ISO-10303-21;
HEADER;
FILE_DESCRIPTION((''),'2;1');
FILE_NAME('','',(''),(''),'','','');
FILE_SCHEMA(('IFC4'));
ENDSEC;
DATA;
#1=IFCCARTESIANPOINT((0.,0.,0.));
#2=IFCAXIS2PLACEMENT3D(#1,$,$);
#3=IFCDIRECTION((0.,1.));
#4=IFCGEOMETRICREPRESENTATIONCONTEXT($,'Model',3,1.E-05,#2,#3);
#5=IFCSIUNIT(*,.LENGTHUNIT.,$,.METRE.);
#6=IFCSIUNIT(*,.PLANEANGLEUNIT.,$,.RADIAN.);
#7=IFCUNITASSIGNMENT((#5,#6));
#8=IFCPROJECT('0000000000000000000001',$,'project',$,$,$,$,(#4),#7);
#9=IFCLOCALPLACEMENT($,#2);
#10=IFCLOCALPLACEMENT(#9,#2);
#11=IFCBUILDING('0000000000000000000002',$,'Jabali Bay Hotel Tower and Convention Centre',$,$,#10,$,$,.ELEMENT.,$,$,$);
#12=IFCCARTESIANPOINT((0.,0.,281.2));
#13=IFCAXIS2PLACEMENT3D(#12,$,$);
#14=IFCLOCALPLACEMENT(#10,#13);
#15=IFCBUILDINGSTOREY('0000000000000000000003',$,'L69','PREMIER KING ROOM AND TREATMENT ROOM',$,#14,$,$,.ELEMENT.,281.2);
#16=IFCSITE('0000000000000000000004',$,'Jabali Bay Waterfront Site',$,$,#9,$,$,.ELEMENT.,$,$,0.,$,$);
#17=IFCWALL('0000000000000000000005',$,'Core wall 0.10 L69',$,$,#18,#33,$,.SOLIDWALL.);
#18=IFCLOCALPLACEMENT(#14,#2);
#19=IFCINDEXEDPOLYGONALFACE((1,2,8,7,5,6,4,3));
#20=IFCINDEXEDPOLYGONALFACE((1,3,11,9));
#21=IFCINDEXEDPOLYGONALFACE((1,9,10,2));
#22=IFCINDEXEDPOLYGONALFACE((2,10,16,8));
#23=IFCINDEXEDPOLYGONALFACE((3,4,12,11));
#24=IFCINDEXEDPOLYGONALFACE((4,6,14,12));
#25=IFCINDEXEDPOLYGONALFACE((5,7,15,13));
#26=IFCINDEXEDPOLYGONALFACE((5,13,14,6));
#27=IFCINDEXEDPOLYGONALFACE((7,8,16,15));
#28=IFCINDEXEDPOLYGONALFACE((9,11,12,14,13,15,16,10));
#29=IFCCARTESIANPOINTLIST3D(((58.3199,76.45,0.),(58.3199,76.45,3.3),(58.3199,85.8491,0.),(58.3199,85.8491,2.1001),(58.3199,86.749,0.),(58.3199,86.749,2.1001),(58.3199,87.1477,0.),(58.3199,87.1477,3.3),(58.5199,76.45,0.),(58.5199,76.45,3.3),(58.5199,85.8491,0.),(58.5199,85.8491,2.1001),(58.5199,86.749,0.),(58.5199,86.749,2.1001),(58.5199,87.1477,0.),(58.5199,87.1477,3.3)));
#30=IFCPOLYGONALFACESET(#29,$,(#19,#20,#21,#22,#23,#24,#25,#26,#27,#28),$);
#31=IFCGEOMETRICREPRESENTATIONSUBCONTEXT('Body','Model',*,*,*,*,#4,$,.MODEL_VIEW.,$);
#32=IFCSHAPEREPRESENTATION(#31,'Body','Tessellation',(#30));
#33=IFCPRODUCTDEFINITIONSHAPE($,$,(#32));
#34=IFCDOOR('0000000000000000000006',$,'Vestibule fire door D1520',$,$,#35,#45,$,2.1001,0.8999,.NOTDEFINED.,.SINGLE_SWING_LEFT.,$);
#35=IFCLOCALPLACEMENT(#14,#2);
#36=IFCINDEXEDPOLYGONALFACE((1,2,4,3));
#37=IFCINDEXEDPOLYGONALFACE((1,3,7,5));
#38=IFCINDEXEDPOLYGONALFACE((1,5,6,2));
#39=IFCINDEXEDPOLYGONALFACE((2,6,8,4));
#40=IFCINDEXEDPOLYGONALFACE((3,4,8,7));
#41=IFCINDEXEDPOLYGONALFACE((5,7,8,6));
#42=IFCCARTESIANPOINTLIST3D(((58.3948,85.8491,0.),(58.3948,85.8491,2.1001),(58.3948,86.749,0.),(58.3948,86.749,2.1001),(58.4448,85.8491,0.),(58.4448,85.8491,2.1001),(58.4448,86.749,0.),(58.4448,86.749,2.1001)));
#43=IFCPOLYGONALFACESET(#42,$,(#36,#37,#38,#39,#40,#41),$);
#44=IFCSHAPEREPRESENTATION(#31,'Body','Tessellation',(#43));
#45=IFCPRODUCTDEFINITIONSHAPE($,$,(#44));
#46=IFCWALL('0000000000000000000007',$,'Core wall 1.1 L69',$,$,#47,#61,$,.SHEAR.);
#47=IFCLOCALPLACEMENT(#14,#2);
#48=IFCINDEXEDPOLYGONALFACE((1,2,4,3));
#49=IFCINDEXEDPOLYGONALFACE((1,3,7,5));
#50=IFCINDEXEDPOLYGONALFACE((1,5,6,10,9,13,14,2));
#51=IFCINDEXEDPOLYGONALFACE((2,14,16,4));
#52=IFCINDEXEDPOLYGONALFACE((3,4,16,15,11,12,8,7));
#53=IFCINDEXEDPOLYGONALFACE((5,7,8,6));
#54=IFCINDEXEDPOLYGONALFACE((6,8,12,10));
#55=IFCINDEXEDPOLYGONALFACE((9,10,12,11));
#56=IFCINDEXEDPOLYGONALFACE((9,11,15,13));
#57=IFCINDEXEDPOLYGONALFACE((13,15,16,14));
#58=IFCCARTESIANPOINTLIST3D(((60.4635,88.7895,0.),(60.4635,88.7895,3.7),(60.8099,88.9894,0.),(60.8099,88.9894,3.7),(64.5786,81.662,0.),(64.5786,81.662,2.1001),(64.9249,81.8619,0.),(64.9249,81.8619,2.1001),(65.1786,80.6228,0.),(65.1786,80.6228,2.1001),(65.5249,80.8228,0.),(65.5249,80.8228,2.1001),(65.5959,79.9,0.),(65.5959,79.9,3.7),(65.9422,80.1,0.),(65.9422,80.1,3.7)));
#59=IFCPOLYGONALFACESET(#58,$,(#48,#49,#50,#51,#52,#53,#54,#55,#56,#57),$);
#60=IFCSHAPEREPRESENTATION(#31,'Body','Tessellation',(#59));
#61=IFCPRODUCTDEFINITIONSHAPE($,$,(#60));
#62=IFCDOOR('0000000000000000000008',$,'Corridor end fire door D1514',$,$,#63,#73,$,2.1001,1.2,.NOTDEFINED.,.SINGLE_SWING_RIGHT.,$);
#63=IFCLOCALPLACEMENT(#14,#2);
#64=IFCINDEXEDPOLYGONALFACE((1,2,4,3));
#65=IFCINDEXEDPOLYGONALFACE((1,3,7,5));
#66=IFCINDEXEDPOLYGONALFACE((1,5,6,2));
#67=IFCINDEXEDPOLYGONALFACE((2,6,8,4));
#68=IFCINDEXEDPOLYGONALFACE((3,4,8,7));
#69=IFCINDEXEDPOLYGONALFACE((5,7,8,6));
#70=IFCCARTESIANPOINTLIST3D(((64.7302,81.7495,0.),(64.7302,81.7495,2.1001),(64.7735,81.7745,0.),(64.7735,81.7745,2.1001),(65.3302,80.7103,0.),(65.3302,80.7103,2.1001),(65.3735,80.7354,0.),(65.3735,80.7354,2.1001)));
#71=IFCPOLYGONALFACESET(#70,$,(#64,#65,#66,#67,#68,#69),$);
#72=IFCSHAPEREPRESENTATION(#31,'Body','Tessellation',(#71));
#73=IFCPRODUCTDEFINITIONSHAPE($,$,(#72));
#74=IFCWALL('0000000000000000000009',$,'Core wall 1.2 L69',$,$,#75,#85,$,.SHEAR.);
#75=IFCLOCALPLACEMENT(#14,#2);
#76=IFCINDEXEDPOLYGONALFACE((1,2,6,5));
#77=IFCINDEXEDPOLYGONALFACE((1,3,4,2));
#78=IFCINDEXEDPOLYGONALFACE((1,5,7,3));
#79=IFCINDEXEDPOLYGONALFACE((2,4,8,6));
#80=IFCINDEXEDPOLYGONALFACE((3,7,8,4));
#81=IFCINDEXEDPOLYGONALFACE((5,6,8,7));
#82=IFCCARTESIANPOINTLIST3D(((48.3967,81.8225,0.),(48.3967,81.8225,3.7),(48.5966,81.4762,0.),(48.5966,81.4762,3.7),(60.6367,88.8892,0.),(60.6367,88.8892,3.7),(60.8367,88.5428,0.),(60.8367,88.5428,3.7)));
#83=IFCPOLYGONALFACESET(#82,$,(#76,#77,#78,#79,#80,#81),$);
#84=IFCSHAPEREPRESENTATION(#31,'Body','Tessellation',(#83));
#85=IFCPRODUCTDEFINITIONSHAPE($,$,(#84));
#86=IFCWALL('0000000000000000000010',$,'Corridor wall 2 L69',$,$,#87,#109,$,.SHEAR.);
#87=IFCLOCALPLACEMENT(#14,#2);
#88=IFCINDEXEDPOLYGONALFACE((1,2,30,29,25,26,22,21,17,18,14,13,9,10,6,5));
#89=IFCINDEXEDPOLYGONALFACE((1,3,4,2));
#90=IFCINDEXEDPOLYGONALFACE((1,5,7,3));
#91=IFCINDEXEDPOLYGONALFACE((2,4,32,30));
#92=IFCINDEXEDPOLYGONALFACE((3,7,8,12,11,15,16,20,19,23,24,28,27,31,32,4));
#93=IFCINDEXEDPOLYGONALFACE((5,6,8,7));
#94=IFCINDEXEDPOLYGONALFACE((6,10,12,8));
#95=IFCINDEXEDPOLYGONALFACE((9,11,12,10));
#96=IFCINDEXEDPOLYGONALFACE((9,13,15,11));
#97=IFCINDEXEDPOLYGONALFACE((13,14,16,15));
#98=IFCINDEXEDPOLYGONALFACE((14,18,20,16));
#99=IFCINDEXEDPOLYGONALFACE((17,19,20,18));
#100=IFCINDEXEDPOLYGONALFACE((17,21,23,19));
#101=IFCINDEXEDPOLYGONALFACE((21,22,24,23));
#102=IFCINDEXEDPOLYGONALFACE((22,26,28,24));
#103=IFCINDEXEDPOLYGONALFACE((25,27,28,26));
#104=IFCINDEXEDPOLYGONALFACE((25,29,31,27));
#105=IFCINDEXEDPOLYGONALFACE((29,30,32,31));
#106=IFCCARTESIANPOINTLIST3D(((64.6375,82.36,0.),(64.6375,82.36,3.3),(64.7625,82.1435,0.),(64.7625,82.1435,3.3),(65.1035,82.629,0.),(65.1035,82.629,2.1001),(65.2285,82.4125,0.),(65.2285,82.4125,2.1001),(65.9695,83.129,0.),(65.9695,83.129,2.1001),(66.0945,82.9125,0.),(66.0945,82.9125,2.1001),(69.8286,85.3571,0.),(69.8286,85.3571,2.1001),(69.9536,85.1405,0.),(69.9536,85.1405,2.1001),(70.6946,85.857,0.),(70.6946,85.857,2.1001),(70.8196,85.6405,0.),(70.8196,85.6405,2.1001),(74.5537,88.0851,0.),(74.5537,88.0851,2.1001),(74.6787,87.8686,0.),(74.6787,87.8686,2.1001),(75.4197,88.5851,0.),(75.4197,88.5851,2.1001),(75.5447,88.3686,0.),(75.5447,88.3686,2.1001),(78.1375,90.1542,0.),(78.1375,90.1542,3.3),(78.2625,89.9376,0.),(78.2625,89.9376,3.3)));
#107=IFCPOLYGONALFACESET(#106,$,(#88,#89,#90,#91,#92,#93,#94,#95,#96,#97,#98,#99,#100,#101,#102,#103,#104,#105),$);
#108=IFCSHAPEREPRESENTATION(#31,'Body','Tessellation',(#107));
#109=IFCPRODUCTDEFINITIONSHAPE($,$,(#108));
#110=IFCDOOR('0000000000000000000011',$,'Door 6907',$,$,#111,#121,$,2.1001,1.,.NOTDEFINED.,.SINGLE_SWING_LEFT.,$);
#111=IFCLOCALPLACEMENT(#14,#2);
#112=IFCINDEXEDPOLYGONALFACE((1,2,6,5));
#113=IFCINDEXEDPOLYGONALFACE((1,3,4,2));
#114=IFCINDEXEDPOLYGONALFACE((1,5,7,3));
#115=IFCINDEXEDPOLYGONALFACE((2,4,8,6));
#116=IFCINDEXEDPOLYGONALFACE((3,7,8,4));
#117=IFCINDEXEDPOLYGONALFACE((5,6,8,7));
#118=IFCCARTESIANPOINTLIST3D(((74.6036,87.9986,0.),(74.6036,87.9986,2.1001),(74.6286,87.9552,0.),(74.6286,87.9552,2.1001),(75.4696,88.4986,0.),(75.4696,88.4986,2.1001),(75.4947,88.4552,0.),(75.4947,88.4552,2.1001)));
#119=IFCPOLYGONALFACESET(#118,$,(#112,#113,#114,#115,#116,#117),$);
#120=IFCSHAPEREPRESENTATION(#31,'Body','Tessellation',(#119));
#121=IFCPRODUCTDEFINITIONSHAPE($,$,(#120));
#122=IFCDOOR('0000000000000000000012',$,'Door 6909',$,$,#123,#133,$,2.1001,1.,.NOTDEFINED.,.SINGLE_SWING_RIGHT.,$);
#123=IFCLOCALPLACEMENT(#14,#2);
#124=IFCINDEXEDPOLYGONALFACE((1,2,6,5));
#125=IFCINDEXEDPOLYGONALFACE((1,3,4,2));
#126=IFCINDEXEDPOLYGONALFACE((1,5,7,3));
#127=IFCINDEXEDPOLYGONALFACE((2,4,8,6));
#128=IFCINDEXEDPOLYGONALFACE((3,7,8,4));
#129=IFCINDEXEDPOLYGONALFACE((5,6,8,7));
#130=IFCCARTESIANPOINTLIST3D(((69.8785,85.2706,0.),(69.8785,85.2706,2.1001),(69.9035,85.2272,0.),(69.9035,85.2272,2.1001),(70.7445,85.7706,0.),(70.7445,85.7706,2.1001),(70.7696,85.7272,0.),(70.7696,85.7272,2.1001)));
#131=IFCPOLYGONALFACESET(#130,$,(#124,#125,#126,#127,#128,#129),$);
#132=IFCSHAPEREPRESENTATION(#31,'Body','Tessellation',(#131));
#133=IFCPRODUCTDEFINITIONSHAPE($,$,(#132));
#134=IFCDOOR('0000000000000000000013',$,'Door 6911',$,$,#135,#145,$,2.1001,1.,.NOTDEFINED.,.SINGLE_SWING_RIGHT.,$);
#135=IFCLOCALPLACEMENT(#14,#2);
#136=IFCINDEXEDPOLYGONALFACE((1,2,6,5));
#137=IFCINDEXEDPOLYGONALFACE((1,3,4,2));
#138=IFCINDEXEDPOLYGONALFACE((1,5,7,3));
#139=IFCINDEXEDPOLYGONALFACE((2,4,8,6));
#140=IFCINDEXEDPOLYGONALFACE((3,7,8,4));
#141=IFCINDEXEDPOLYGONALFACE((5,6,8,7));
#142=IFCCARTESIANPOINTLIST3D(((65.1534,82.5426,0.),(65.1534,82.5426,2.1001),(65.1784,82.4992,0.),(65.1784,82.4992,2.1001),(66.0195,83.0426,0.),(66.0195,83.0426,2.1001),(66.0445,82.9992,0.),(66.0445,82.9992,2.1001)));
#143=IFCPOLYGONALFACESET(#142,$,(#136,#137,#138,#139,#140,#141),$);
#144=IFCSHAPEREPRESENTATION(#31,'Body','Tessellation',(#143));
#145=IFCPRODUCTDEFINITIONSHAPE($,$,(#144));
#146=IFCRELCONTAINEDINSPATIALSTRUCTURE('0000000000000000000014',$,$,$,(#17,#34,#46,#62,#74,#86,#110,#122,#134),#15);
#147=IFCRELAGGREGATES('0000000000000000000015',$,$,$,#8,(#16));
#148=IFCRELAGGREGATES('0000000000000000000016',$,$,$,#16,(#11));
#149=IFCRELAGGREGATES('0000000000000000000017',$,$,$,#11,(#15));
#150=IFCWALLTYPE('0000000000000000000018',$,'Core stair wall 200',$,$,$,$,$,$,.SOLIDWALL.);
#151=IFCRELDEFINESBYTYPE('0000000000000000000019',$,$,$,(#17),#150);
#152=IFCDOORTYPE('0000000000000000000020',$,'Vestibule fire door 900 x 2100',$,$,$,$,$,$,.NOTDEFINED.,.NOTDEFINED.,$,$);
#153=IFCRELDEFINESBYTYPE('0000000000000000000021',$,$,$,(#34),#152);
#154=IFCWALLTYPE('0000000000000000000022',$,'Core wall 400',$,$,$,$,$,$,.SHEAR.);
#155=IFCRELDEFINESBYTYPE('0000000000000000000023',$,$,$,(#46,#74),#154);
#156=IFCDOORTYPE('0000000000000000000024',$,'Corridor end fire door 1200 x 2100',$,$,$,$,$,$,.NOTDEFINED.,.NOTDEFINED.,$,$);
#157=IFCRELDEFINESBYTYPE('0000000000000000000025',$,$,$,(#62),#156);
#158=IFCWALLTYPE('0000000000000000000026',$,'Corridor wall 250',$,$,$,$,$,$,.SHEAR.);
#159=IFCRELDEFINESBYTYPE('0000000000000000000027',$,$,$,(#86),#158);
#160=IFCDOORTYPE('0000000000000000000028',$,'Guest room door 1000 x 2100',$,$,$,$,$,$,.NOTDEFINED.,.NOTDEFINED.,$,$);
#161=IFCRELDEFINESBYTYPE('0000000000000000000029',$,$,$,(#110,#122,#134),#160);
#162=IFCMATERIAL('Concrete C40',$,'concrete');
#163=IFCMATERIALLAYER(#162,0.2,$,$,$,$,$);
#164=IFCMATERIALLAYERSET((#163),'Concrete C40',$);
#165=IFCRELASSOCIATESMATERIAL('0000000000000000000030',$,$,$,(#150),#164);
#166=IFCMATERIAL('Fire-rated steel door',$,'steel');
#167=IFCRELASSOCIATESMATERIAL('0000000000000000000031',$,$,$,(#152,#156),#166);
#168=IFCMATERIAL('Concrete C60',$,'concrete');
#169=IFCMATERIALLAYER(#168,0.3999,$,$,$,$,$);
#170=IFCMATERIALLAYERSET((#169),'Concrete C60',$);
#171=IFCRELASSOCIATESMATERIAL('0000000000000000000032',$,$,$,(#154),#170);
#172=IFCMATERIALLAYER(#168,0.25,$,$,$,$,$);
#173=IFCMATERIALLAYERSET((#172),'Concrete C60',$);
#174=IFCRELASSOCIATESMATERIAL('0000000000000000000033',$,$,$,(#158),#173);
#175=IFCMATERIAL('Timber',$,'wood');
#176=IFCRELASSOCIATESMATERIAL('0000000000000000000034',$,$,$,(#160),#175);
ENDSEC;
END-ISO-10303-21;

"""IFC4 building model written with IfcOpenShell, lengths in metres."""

from ifc_helpers import new_model, si_unit, direction, frame, frame_2d, origin, place, context, subcontext, project, spatial, rectangle, extrude, material, layer, layer_set, type_object, element, fill, save


model = new_model("IFC4")

# Units and contexts
model_context = context("Model", 3, precision=1e-05, world=origin(), true_north=direction((0.0, 1.0)))
body_context = subcontext(model_context, "Body", "Model", "MODEL_VIEW")
ifc_project = project(units=[si_unit("LENGTHUNIT", "METRE"), si_unit("PLANEANGLEUNIT", "RADIAN")], contexts=[model_context])

# Site, building, storey
site_placement = place(None, origin())
site = spatial("IfcSite", under=ifc_project, at=site_placement, Name="Jabali Bay Waterfront Site", CompositionType="ELEMENT", RefElevation=0.0)
building_placement = place(site_placement, origin())
building = spatial("IfcBuilding", under=site, at=building_placement, Name="Jabali Bay Hotel Tower and Convention Centre", CompositionType="ELEMENT")
storey_placement = place(building_placement, frame((0.0, 0.0, 281.2)))
storey = spatial("IfcBuildingStorey", under=building, at=storey_placement, Name="L69", Description="PREMIER KING ROOM AND TREATMENT ROOM", CompositionType="ELEMENT", Elevation=281.2)

# Shared definitions
ifc_material_1 = material(Name="Concrete C40", Category="concrete")
ifc_layer_1 = layer(ifc_material_1, 0.2)
ifc_layer_set_1 = layer_set([ifc_layer_1], Name="Concrete C40")
wall_type_1 = type_object("IfcWallType", Name="Core stair wall 200", PredefinedType="SOLIDWALL", material=ifc_layer_set_1)

# Shared definitions
ifc_material_2 = material(Name="Fire-rated steel door", Category="steel")

# Walls, openings, doors
wall_1_placement = place(storey_placement, frame((58.4199, 87.1477, 0.0), z_axis=(0.0, 0.0, 1.0), x_axis=(0.0, -1.0, 0.0)))
wall_1 = element("IfcWall", 1, at=wall_1_placement, inside=storey, type_object=wall_type_1, Name="Core wall 0.10 L69", PredefinedType="SOLIDWALL", context=body_context, shape_type="SweptSolid", body=[
    extrude(rectangle(XDim=10.6978, YDim=0.2, at=frame_2d((5.3489, 0.0))), origin(), (0.0, 0.0, 1.0), 3.3),
])
opening_1_placement = place(wall_1_placement, frame((0.3987, 0.0, 0.0)))
opening_1 = element("IfcOpeningElement", 2, at=opening_1_placement, cuts=wall_1, PredefinedType="OPENING", context=body_context, shape_type="SweptSolid", body=[
    extrude(rectangle(XDim=0.8999, YDim=2.1001, at=frame_2d((0.45, 1.05))), frame((0.0, 0.1104, 0.0), z_axis=(0.0, -1.0, 0.0), x_axis=(1.0, 0.0, 0.0)), (0.0, 0.0, 1.0), 0.2209),
])
door_type_1 = type_object("IfcDoorType", Name="Vestibule fire door 900 x 2100", OperationType="NOTDEFINED", PredefinedType="NOTDEFINED", material=ifc_material_2)
door_1_placement = place(opening_1_placement, origin())
door_1 = element("IfcDoor", 3, at=door_1_placement, inside=storey, type_object=door_type_1, Name="Vestibule fire door D1520", OperationType="SINGLE_SWING_LEFT", OverallHeight=2.1001, OverallWidth=0.8999, PredefinedType="NOTDEFINED", context=body_context, shape_type="SweptSolid", body=[
    extrude(rectangle(XDim=0.8999, YDim=2.1001, at=frame_2d((0.45, 1.05))), frame((0.0, 0.0249, 0.0), z_axis=(0.0, -1.0, 0.0), x_axis=(1.0, 0.0, 0.0)), (0.0, 0.0, 1.0), 0.05),
])
fill(opening_1, door_1)
ifc_material_3 = material(Name="Concrete C60", Category="concrete")
ifc_layer_2 = layer(ifc_material_3, 0.3999)
ifc_layer_set_2 = layer_set([ifc_layer_2], Name="Concrete C60")
wall_type_2 = type_object("IfcWallType", Name="Core wall 400", PredefinedType="SHEAR", material=ifc_layer_set_2)
wall_2_placement = place(storey_placement, frame((65.769, 80.0, 0.0), z_axis=(0.0, 0.0, 1.0), x_axis=(-0.500002, 0.866024, 0.0)))
wall_2 = element("IfcWall", 4, at=wall_2_placement, inside=storey, type_object=wall_type_2, Name="Core wall 1.1 L69", PredefinedType="SHEAR", context=body_context, shape_type="SweptSolid", body=[
    extrude(rectangle(XDim=10.2646, YDim=0.3999, at=frame_2d((5.1323, 0.0))), origin(), (0.0, 0.0, 1.0), 3.7),
])
opening_2_placement = place(wall_2_placement, frame((0.8345, 0.0, 0.0)))
opening_2 = element("IfcOpeningElement", 5, at=opening_2_placement, cuts=wall_2, PredefinedType="OPENING", context=body_context, shape_type="SweptSolid", body=[
    extrude(rectangle(XDim=1.2, YDim=2.1001, at=frame_2d((0.6001, 1.05))), frame((0.0, 0.2104, 0.0), z_axis=(0.0, -1.0, 0.0), x_axis=(1.0, 0.0, 0.0)), (0.0, 0.0, 1.0), 0.4209),
])
door_type_2 = type_object("IfcDoorType", Name="Corridor end fire door 1200 x 2100", OperationType="NOTDEFINED", PredefinedType="NOTDEFINED", material=ifc_material_2)
door_2_placement = place(opening_2_placement, origin())
door_2 = element("IfcDoor", 6, at=door_2_placement, inside=storey, type_object=door_type_2, Name="Corridor end fire door D1514", OperationType="SINGLE_SWING_RIGHT", OverallHeight=2.1001, OverallWidth=1.2, PredefinedType="NOTDEFINED", context=body_context, shape_type="SweptSolid", body=[
    extrude(rectangle(XDim=1.2, YDim=2.1001, at=frame_2d((0.6001, 1.05))), frame((0.0, 0.0249, 0.0), z_axis=(0.0, -1.0, 0.0), x_axis=(1.0, 0.0, 0.0)), (0.0, 0.0, 1.0), 0.05),
])
fill(opening_2, door_2)

# Wall
wall_3_placement = place(storey_placement, frame((60.7368, 88.7161, 0.0), z_axis=(0.0, 0.0, 1.0), x_axis=(-0.866029, -0.499994, 0.0)))
element("IfcWall", 7, at=wall_3_placement, inside=storey, type_object=wall_type_2, Name="Core wall 1.2 L69", PredefinedType="SHEAR", context=body_context, shape_type="SweptSolid", body=[
    extrude(rectangle(XDim=14.1335, YDim=0.3999, at=frame_2d((7.0669, 0.0))), origin(), (0.0, 0.0, 1.0), 3.7),
])

# Wall, openings, doors
ifc_layer_3 = layer(ifc_material_3, 0.25)
ifc_layer_set_3 = layer_set([ifc_layer_3], Name="Concrete C60")
wall_type_3 = type_object("IfcWallType", Name="Corridor wall 250", PredefinedType="SHEAR", material=ifc_layer_set_3)
wall_4_placement = place(storey_placement, frame((78.2, 90.0459, 0.0), z_axis=(0.0, 0.0, 1.0), x_axis=(-0.866026, -0.499998, 0.0)))
wall_4 = element("IfcWall", 8, at=wall_4_placement, inside=storey, type_object=wall_type_3, Name="Corridor wall 2 L69", PredefinedType="SHEAR", context=body_context, shape_type="SweptSolid", body=[
    extrude(rectangle(XDim=15.5884, YDim=0.25, at=frame_2d((7.7942, 0.0))), origin(), (0.0, 0.0, 1.0), 3.3),
])
opening_3_placement = place(wall_4_placement, frame((3.1382, 0.0, 0.0)))
opening_3 = element("IfcOpeningElement", 9, at=opening_3_placement, cuts=wall_4, PredefinedType="OPENING", context=body_context, shape_type="SweptSolid", body=[
    extrude(rectangle(XDim=1.0, YDim=2.1001, at=frame_2d((0.5, 1.05))), frame((0.0, 0.1355, 0.0), z_axis=(0.0, -1.0, 0.0), x_axis=(1.0, 0.0, 0.0)), (0.0, 0.0, 1.0), 0.271),
])
opening_4_placement = place(wall_4_placement, frame((8.5942, 0.0, 0.0)))
opening_4 = element("IfcOpeningElement", 10, at=opening_4_placement, cuts=wall_4, PredefinedType="OPENING", context=body_context, shape_type="SweptSolid", body=[
    extrude(rectangle(XDim=1.0, YDim=2.1001, at=frame_2d((0.5, 1.05))), frame((0.0, 0.1355, 0.0), z_axis=(0.0, -1.0, 0.0), x_axis=(1.0, 0.0, 0.0)), (0.0, 0.0, 1.0), 0.271),
])
opening_5_placement = place(wall_4_placement, frame((14.0503, 0.0, 0.0)))
opening_5 = element("IfcOpeningElement", 11, at=opening_5_placement, cuts=wall_4, PredefinedType="OPENING", context=body_context, shape_type="SweptSolid", body=[
    extrude(rectangle(XDim=1.0, YDim=2.1001, at=frame_2d((0.5, 1.05))), frame((0.0, 0.1355, 0.0), z_axis=(0.0, -1.0, 0.0), x_axis=(1.0, 0.0, 0.0)), (0.0, 0.0, 1.0), 0.271),
])
ifc_material_4 = material(Name="Timber", Category="wood")
door_type_3 = type_object("IfcDoorType", Name="Guest room door 1000 x 2100", OperationType="NOTDEFINED", PredefinedType="NOTDEFINED", material=ifc_material_4)
door_3_placement = place(opening_3_placement, origin())
door_3 = element("IfcDoor", 12, at=door_3_placement, inside=storey, type_object=door_type_3, Name="Door 6907", OperationType="SINGLE_SWING_LEFT", OverallHeight=2.1001, OverallWidth=1.0, PredefinedType="NOTDEFINED", context=body_context, shape_type="SweptSolid", body=[
    extrude(rectangle(XDim=1.0, YDim=2.1001, at=frame_2d((0.5, 1.05))), frame((0.0, 0.0249, 0.0), z_axis=(0.0, -1.0, 0.0), x_axis=(1.0, 0.0, 0.0)), (0.0, 0.0, 1.0), 0.05),
])
fill(opening_3, door_3)
door_4_placement = place(opening_4_placement, origin())
door_4 = element("IfcDoor", 13, at=door_4_placement, inside=storey, type_object=door_type_3, Name="Door 6909", OperationType="SINGLE_SWING_RIGHT", OverallHeight=2.1001, OverallWidth=1.0, PredefinedType="NOTDEFINED", context=body_context, shape_type="SweptSolid", body=[
    extrude(rectangle(XDim=1.0, YDim=2.1001, at=frame_2d((0.5, 1.05))), frame((0.0, 0.0249, 0.0), z_axis=(0.0, -1.0, 0.0), x_axis=(1.0, 0.0, 0.0)), (0.0, 0.0, 1.0), 0.05),
])
fill(opening_4, door_4)
door_5_placement = place(opening_5_placement, origin())
door_5 = element("IfcDoor", 14, at=door_5_placement, inside=storey, type_object=door_type_3, Name="Door 6911", OperationType="SINGLE_SWING_RIGHT", OverallHeight=2.1001, OverallWidth=1.0, PredefinedType="NOTDEFINED", context=body_context, shape_type="SweptSolid", body=[
    extrude(rectangle(XDim=1.0, YDim=2.1001, at=frame_2d((0.5, 1.05))), frame((0.0, 0.0249, 0.0), z_axis=(0.0, -1.0, 0.0), x_axis=(1.0, 0.0, 0.0)), (0.0, 0.0, 1.0), 0.05),
])
fill(opening_5, door_5)

save(model, "model.ifc")
